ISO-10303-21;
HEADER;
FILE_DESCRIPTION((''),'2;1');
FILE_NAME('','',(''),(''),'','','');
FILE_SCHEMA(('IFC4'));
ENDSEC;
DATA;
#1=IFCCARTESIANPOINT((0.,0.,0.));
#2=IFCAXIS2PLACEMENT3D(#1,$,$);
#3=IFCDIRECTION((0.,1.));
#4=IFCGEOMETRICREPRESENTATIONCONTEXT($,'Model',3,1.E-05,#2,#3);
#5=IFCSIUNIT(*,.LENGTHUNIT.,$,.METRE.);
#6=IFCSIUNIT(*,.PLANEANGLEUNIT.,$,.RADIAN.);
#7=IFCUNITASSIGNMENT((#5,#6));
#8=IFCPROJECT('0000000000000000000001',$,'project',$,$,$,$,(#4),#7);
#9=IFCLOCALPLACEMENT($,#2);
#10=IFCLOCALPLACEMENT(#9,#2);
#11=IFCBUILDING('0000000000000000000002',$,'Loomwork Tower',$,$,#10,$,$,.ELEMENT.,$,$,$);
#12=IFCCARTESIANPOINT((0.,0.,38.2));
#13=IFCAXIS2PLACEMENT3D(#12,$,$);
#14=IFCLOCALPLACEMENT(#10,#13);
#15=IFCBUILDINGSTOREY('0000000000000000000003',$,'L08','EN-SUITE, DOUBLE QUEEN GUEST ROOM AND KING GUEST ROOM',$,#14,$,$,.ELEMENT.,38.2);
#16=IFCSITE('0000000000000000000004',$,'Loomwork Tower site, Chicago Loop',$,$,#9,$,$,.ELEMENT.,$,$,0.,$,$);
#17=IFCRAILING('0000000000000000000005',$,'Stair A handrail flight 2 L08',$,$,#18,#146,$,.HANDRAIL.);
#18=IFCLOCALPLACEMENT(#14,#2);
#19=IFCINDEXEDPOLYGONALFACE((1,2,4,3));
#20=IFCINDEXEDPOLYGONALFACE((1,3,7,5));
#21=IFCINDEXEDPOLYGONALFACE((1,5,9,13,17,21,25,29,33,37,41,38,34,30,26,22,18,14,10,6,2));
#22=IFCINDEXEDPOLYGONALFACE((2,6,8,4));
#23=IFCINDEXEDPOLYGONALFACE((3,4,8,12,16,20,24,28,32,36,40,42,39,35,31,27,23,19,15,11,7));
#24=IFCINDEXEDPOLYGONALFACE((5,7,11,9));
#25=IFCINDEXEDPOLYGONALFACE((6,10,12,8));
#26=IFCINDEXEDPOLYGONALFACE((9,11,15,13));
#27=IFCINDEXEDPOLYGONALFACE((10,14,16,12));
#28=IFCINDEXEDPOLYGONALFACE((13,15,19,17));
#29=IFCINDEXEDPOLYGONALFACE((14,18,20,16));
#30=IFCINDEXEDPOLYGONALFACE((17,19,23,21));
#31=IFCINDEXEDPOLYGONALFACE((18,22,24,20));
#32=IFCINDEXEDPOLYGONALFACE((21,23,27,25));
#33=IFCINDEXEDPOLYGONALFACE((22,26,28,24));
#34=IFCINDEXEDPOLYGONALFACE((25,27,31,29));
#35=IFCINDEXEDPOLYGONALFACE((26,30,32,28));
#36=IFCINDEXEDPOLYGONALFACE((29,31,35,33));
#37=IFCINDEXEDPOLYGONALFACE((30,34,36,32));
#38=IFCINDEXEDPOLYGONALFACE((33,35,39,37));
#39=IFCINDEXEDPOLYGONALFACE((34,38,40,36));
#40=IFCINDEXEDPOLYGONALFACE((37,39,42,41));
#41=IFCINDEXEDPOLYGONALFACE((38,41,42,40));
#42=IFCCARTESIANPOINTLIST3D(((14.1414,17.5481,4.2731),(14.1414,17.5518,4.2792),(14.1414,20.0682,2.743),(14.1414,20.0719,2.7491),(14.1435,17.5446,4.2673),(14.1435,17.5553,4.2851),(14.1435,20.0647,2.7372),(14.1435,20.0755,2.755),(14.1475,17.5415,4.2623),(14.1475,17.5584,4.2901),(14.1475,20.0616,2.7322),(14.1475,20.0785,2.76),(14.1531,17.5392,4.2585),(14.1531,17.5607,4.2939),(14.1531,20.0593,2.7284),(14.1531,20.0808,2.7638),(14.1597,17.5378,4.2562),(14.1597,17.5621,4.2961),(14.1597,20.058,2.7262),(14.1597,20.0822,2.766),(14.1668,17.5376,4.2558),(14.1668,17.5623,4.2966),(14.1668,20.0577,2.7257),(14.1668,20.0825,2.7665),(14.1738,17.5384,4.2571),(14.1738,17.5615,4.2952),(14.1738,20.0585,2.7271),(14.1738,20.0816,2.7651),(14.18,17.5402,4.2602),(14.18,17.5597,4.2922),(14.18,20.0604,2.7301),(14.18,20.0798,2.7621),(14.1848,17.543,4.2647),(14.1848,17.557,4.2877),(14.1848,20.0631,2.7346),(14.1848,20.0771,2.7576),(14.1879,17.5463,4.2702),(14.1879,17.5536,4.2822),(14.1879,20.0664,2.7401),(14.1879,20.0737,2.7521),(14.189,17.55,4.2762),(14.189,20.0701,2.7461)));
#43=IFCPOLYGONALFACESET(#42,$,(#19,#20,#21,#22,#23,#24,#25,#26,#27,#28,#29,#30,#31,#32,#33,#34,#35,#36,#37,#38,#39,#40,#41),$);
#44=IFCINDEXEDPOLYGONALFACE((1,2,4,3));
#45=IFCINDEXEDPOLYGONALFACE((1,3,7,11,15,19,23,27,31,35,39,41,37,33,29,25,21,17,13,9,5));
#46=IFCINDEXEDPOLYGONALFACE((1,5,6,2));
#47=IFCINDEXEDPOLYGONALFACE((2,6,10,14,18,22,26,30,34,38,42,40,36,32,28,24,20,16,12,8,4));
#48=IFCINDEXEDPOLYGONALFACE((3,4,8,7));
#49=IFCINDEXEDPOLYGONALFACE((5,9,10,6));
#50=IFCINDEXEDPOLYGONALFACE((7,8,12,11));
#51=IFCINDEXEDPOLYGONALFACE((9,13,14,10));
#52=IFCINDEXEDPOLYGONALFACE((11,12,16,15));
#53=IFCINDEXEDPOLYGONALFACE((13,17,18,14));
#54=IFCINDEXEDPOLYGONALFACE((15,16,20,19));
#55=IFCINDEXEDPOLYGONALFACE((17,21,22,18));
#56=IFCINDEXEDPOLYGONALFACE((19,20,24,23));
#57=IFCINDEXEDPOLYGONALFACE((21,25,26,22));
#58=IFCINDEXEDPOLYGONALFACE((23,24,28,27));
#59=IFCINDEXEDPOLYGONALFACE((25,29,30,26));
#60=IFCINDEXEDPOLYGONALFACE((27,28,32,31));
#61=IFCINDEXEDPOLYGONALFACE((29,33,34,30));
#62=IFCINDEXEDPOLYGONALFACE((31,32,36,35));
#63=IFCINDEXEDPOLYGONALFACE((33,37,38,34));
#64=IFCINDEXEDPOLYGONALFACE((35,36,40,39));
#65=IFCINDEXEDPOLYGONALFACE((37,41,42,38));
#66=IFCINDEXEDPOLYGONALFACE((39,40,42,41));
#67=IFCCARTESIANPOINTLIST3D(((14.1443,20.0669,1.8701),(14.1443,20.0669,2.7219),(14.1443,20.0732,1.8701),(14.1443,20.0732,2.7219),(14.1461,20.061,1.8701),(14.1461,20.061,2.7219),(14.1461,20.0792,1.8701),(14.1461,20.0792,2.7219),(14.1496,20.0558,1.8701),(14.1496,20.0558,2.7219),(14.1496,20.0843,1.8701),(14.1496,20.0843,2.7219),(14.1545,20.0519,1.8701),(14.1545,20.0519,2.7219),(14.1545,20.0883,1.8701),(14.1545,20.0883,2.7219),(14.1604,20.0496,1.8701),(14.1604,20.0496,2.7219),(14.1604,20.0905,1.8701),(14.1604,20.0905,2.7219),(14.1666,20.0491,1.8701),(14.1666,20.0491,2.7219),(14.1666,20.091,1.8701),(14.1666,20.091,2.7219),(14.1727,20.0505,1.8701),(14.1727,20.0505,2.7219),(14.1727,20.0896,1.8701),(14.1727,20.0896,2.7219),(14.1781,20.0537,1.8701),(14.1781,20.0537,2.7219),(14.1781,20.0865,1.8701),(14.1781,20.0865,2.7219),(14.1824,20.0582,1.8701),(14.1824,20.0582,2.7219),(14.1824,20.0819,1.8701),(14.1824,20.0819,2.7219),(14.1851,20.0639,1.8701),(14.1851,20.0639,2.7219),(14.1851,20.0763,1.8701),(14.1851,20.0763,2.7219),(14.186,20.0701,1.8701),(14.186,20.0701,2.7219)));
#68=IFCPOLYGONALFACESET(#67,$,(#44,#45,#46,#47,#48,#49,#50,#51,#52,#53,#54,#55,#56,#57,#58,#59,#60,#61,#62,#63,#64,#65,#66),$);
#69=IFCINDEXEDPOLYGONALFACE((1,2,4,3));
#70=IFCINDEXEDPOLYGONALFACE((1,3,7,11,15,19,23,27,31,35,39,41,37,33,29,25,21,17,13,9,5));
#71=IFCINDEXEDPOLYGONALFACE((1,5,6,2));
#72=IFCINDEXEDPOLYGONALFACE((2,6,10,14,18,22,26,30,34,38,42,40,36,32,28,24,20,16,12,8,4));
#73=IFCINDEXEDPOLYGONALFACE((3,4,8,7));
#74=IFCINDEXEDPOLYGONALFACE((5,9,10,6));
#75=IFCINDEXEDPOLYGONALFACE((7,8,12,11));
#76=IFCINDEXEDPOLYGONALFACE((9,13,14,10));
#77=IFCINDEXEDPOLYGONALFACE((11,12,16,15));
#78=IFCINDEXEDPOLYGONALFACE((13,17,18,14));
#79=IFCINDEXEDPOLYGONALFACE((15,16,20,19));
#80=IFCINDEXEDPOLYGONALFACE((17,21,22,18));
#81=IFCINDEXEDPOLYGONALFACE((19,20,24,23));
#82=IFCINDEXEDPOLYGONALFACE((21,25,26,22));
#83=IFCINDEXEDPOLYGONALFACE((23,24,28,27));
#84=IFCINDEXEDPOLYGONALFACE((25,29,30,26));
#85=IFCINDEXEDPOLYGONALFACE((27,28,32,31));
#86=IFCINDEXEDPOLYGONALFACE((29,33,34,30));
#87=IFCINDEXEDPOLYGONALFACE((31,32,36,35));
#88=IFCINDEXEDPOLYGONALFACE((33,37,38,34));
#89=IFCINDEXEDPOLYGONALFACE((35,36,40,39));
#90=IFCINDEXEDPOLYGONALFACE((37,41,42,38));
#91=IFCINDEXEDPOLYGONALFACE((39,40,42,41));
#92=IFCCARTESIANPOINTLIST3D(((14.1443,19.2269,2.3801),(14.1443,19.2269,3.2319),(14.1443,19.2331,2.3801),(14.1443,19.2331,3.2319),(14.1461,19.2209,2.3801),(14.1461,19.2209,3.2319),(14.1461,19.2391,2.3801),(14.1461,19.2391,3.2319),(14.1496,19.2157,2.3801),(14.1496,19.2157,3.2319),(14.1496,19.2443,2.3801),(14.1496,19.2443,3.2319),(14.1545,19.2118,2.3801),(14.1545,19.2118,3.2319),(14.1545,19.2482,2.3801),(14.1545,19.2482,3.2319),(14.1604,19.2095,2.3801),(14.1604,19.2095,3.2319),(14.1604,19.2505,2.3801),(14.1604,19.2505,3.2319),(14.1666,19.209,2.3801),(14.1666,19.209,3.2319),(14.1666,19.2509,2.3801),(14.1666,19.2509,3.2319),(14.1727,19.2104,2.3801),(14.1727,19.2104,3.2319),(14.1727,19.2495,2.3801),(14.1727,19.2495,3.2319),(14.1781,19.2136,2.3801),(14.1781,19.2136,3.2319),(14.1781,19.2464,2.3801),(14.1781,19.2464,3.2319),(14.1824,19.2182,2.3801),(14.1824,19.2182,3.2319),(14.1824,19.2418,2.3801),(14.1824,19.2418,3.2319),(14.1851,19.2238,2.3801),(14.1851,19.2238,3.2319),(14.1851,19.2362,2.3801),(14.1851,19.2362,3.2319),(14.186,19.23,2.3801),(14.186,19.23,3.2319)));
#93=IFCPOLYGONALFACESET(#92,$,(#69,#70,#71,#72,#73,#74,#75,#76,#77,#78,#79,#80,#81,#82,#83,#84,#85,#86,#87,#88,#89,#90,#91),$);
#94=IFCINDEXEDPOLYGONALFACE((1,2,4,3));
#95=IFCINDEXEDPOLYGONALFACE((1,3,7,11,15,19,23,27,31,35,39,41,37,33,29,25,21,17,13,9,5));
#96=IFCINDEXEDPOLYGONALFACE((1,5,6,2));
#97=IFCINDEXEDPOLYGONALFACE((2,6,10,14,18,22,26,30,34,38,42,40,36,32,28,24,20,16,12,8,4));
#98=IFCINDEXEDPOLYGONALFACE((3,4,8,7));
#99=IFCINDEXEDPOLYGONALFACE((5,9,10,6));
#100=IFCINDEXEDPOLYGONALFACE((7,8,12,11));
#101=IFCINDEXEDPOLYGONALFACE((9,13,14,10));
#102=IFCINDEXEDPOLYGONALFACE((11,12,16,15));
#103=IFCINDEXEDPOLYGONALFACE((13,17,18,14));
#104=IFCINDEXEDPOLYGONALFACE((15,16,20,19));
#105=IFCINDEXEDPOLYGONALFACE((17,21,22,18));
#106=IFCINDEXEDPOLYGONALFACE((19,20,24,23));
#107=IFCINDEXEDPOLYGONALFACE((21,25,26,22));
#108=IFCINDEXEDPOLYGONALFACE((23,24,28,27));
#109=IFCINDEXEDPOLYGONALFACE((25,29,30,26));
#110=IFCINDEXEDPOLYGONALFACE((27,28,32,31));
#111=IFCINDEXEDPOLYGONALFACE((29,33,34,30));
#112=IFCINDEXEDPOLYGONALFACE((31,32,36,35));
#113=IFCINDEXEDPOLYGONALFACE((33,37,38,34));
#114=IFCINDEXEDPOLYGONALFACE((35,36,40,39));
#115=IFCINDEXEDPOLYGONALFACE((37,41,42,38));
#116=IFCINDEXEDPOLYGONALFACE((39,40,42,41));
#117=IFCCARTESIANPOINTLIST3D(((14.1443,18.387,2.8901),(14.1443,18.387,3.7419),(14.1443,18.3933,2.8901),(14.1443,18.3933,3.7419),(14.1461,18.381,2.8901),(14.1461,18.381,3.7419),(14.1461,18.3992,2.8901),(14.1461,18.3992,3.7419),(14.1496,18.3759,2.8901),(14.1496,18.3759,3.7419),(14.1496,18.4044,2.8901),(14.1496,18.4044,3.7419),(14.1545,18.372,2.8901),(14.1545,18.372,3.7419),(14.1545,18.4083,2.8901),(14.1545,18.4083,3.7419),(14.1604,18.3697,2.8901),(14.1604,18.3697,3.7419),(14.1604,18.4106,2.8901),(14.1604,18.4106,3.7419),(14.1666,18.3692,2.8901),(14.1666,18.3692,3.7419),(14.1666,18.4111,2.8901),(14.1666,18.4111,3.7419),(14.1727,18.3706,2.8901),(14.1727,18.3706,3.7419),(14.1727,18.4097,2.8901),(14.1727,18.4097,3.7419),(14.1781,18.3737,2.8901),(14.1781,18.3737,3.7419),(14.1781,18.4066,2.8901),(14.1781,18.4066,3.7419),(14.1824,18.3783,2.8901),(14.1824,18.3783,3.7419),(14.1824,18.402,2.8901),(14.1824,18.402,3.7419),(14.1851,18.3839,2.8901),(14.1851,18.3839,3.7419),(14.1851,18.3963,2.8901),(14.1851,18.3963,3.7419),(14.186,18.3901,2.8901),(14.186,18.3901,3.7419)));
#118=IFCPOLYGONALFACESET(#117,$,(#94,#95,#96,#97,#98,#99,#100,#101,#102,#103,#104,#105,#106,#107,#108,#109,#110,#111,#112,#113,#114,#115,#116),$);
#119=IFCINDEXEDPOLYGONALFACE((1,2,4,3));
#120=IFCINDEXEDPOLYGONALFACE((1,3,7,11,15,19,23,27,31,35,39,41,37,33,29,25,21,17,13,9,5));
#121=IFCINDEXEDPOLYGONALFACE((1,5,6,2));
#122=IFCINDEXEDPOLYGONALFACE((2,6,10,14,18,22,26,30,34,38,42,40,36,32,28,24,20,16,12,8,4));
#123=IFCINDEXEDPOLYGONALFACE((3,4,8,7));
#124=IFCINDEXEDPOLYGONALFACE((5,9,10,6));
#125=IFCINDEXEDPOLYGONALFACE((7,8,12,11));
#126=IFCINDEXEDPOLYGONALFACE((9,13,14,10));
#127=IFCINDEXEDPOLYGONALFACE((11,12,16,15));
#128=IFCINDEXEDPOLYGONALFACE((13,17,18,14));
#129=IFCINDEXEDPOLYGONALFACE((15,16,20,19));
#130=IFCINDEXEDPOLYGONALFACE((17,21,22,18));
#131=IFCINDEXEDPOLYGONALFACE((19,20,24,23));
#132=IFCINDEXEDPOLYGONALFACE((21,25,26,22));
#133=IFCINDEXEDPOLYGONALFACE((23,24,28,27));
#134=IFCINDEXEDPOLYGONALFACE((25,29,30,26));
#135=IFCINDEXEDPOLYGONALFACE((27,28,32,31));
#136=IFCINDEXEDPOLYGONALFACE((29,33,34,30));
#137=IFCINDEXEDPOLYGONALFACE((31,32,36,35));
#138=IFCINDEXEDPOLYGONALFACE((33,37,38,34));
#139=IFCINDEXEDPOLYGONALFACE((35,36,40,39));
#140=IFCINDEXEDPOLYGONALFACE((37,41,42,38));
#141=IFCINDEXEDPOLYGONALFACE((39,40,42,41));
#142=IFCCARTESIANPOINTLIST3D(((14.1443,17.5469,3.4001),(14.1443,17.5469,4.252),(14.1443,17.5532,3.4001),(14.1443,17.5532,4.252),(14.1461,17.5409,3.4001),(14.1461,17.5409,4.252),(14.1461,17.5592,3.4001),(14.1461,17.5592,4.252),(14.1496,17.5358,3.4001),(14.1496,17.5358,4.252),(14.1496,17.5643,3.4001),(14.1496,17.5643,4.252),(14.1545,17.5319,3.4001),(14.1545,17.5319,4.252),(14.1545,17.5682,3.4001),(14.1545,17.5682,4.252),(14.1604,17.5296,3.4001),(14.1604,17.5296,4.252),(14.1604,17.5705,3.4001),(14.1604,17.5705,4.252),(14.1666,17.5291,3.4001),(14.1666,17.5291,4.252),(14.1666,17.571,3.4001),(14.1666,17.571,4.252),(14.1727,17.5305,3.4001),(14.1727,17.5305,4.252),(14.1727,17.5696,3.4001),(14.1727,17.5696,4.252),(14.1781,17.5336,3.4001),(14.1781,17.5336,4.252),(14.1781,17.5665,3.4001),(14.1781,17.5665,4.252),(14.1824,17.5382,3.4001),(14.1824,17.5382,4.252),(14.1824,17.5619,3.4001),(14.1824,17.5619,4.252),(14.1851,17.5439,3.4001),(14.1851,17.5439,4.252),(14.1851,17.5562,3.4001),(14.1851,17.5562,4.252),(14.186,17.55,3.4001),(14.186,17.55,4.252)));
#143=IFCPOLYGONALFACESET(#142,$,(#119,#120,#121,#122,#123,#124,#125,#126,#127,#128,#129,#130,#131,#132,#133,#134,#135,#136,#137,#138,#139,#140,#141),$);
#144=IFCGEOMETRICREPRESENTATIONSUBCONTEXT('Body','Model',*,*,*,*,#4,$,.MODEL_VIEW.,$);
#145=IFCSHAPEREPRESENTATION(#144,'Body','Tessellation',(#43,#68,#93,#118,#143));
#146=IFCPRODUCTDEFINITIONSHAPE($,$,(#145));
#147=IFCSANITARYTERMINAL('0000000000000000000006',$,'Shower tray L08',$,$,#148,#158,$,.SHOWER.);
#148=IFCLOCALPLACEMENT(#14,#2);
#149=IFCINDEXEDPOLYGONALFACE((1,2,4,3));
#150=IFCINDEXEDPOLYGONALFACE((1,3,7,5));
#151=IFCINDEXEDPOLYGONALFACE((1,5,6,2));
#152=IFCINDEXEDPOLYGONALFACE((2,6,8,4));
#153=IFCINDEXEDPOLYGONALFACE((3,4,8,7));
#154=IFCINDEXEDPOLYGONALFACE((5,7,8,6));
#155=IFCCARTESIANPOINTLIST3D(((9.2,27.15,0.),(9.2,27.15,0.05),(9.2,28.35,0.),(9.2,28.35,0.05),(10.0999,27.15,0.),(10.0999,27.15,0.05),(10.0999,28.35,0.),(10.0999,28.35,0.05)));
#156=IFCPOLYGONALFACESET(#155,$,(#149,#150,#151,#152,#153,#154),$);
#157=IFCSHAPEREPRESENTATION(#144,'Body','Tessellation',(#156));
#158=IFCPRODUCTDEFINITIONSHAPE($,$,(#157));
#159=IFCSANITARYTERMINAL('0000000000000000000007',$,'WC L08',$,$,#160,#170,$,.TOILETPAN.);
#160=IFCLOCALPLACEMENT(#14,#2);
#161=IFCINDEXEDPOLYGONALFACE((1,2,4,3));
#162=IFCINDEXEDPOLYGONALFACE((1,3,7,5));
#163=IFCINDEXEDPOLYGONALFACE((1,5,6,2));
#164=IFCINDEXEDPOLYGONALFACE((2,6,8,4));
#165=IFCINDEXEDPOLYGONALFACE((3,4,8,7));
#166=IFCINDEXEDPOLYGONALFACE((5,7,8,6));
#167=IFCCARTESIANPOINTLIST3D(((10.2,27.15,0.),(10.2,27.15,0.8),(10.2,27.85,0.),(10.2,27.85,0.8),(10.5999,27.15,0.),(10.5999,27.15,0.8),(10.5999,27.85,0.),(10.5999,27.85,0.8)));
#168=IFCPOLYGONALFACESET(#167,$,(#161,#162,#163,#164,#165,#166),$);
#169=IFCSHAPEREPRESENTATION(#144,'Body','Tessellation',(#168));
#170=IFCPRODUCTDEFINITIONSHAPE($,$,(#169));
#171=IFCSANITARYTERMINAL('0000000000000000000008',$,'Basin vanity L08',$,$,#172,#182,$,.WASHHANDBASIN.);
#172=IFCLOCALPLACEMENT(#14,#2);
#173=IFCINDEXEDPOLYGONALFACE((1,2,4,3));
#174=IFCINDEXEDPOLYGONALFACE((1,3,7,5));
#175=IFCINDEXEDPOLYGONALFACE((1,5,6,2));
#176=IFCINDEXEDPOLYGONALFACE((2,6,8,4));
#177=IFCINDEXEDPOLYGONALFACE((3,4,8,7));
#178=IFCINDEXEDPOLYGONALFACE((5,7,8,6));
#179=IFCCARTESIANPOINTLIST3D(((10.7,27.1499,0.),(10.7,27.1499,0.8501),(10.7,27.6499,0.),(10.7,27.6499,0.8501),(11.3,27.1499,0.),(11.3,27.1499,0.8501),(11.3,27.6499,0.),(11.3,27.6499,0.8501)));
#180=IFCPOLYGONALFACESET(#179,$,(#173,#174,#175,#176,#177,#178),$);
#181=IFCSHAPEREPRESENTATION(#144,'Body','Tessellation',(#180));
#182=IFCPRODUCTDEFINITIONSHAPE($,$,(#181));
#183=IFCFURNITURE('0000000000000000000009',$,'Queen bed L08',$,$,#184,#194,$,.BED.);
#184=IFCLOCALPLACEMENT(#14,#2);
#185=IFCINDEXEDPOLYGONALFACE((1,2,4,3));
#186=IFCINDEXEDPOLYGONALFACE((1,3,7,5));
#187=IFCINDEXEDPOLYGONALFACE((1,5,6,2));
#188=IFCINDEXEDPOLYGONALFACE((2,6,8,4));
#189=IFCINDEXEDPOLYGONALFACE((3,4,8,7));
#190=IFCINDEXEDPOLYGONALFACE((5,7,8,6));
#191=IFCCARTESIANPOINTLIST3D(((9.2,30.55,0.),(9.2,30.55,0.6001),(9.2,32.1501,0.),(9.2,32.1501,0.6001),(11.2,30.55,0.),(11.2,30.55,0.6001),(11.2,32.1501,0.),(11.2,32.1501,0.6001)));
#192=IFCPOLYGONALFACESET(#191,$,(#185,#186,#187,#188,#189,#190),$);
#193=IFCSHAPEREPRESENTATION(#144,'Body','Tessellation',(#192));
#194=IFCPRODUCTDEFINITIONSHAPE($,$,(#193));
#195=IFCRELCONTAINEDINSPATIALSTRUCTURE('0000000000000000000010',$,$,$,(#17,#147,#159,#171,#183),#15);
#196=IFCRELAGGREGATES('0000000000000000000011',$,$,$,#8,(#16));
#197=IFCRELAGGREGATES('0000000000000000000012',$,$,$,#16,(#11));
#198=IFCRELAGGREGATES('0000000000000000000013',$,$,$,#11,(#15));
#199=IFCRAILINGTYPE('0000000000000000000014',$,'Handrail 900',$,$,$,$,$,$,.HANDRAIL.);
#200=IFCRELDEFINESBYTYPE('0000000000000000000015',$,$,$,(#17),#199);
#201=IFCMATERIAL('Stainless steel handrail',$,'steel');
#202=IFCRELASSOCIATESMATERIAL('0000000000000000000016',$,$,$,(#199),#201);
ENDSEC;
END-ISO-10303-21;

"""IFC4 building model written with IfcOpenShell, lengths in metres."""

from ifc_helpers import new_model, si_unit, direction, frame, origin, origin_2d, place, context, subcontext, project, spatial, rectangle, circle, extrude, material, type_object, element, save


model = new_model("IFC4")

# Units and contexts
model_context = context("Model", 3, precision=1e-05, world=origin(), true_north=direction((0.0, 1.0)))
body_context = subcontext(model_context, "Body", "Model", "MODEL_VIEW")
ifc_project = project(units=[si_unit("LENGTHUNIT", "METRE"), si_unit("PLANEANGLEUNIT", "RADIAN")], contexts=[model_context])

# Site, building, storey
site_placement = place(None, origin())
site = spatial("IfcSite", under=ifc_project, at=site_placement, Name="Loomwork Tower site, Chicago Loop", CompositionType="ELEMENT", RefElevation=0.0)
building_placement = place(site_placement, origin())
building = spatial("IfcBuilding", under=site, at=building_placement, Name="Loomwork Tower", CompositionType="ELEMENT")
storey_placement = place(building_placement, frame((0.0, 0.0, 38.2)))
storey = spatial("IfcBuildingStorey", under=building, at=storey_placement, Name="L08", Description="EN-SUITE, DOUBLE QUEEN GUEST ROOM AND KING GUEST ROOM", CompositionType="ELEMENT", Elevation=38.2)

# Railing
ifc_material_1 = material(Name="Stainless steel handrail", Category="steel")
railing_type = type_object("IfcRailingType", Name="Handrail 900", PredefinedType="HANDRAIL", material=ifc_material_1)
railing_1_placement = place(storey_placement, frame((14.165, 20.0701, 1.8701)))
element("IfcRailing", 1, at=railing_1_placement, inside=storey, type_object=railing_type, Name="Stair A handrail flight 2 L08", PredefinedType="HANDRAIL", context=body_context, shape_type="SweptSolid", body=[
    extrude(circle(Radius=0.0239, at=origin_2d()), frame((0.0, 0.0, 0.876), z_axis=(0.0, -0.854785, 0.518982), x_axis=(1.0, 0.0, 0.0)), (0.0, 0.0, 1.0), 2.9482),
    extrude(circle(Radius=0.021, at=origin_2d()), origin(), (0.0, 0.0, 1.0), 0.8518),
    extrude(circle(Radius=0.021, at=origin_2d()), frame((0.0, -0.8401, 0.51)), (0.0, 0.0, 1.0), 0.8518),
    extrude(circle(Radius=0.021, at=origin_2d()), frame((0.0, -1.6799, 1.02)), (0.0, 0.0, 1.0), 0.8518),
    extrude(circle(Radius=0.021, at=origin_2d()), frame((0.0, -2.52, 1.53)), (0.0, 0.0, 1.0), 0.8518),
])

# Sanitary terminals
sanitary_terminal_1_placement = place(storey_placement, frame((9.6499, 27.75, 0.0), z_axis=(0.0, 0.0, 1.0), x_axis=(1.0, 0.0, 0.0)))
element("IfcSanitaryTerminal", 2, at=sanitary_terminal_1_placement, inside=storey, Name="Shower tray L08", PredefinedType="SHOWER", context=body_context, shape_type="SweptSolid", body=[
    extrude(rectangle(XDim=0.8999, YDim=1.2, at=origin_2d()), origin(), (0.0, 0.0, 1.0), 0.05),
])
sanitary_terminal_2_placement = place(storey_placement, frame((10.3999, 27.5, 0.0), z_axis=(0.0, 0.0, 1.0), x_axis=(1.0, 0.0, 0.0)))
element("IfcSanitaryTerminal", 3, at=sanitary_terminal_2_placement, inside=storey, Name="WC L08", PredefinedType="TOILETPAN", context=body_context, shape_type="SweptSolid", body=[
    extrude(rectangle(XDim=0.3999, YDim=0.7, at=origin_2d()), origin(), (0.0, 0.0, 1.0), 0.8),
])
sanitary_terminal_3_placement = place(storey_placement, frame((11.0, 27.3999, 0.0), z_axis=(0.0, 0.0, 1.0), x_axis=(1.0, 0.0, 0.0)))
element("IfcSanitaryTerminal", 4, at=sanitary_terminal_3_placement, inside=storey, Name="Basin vanity L08", PredefinedType="WASHHANDBASIN", context=body_context, shape_type="SweptSolid", body=[
    extrude(rectangle(XDim=0.6001, YDim=0.5, at=origin_2d()), origin(), (0.0, 0.0, 1.0), 0.8501),
])

# Furniture
furniture_placement = place(storey_placement, frame((10.2, 31.3501, 0.0), z_axis=(0.0, 0.0, 1.0), x_axis=(1.0, 0.0, 0.0)))
element("IfcFurniture", 5, at=furniture_placement, inside=storey, Name="Queen bed L08", PredefinedType="BED", context=body_context, shape_type="SweptSolid", body=[
    extrude(rectangle(XDim=2.0, YDim=1.6001, at=origin_2d()), origin(), (0.0, 0.0, 1.0), 0.6001),
])

save(model, "model.ifc")
